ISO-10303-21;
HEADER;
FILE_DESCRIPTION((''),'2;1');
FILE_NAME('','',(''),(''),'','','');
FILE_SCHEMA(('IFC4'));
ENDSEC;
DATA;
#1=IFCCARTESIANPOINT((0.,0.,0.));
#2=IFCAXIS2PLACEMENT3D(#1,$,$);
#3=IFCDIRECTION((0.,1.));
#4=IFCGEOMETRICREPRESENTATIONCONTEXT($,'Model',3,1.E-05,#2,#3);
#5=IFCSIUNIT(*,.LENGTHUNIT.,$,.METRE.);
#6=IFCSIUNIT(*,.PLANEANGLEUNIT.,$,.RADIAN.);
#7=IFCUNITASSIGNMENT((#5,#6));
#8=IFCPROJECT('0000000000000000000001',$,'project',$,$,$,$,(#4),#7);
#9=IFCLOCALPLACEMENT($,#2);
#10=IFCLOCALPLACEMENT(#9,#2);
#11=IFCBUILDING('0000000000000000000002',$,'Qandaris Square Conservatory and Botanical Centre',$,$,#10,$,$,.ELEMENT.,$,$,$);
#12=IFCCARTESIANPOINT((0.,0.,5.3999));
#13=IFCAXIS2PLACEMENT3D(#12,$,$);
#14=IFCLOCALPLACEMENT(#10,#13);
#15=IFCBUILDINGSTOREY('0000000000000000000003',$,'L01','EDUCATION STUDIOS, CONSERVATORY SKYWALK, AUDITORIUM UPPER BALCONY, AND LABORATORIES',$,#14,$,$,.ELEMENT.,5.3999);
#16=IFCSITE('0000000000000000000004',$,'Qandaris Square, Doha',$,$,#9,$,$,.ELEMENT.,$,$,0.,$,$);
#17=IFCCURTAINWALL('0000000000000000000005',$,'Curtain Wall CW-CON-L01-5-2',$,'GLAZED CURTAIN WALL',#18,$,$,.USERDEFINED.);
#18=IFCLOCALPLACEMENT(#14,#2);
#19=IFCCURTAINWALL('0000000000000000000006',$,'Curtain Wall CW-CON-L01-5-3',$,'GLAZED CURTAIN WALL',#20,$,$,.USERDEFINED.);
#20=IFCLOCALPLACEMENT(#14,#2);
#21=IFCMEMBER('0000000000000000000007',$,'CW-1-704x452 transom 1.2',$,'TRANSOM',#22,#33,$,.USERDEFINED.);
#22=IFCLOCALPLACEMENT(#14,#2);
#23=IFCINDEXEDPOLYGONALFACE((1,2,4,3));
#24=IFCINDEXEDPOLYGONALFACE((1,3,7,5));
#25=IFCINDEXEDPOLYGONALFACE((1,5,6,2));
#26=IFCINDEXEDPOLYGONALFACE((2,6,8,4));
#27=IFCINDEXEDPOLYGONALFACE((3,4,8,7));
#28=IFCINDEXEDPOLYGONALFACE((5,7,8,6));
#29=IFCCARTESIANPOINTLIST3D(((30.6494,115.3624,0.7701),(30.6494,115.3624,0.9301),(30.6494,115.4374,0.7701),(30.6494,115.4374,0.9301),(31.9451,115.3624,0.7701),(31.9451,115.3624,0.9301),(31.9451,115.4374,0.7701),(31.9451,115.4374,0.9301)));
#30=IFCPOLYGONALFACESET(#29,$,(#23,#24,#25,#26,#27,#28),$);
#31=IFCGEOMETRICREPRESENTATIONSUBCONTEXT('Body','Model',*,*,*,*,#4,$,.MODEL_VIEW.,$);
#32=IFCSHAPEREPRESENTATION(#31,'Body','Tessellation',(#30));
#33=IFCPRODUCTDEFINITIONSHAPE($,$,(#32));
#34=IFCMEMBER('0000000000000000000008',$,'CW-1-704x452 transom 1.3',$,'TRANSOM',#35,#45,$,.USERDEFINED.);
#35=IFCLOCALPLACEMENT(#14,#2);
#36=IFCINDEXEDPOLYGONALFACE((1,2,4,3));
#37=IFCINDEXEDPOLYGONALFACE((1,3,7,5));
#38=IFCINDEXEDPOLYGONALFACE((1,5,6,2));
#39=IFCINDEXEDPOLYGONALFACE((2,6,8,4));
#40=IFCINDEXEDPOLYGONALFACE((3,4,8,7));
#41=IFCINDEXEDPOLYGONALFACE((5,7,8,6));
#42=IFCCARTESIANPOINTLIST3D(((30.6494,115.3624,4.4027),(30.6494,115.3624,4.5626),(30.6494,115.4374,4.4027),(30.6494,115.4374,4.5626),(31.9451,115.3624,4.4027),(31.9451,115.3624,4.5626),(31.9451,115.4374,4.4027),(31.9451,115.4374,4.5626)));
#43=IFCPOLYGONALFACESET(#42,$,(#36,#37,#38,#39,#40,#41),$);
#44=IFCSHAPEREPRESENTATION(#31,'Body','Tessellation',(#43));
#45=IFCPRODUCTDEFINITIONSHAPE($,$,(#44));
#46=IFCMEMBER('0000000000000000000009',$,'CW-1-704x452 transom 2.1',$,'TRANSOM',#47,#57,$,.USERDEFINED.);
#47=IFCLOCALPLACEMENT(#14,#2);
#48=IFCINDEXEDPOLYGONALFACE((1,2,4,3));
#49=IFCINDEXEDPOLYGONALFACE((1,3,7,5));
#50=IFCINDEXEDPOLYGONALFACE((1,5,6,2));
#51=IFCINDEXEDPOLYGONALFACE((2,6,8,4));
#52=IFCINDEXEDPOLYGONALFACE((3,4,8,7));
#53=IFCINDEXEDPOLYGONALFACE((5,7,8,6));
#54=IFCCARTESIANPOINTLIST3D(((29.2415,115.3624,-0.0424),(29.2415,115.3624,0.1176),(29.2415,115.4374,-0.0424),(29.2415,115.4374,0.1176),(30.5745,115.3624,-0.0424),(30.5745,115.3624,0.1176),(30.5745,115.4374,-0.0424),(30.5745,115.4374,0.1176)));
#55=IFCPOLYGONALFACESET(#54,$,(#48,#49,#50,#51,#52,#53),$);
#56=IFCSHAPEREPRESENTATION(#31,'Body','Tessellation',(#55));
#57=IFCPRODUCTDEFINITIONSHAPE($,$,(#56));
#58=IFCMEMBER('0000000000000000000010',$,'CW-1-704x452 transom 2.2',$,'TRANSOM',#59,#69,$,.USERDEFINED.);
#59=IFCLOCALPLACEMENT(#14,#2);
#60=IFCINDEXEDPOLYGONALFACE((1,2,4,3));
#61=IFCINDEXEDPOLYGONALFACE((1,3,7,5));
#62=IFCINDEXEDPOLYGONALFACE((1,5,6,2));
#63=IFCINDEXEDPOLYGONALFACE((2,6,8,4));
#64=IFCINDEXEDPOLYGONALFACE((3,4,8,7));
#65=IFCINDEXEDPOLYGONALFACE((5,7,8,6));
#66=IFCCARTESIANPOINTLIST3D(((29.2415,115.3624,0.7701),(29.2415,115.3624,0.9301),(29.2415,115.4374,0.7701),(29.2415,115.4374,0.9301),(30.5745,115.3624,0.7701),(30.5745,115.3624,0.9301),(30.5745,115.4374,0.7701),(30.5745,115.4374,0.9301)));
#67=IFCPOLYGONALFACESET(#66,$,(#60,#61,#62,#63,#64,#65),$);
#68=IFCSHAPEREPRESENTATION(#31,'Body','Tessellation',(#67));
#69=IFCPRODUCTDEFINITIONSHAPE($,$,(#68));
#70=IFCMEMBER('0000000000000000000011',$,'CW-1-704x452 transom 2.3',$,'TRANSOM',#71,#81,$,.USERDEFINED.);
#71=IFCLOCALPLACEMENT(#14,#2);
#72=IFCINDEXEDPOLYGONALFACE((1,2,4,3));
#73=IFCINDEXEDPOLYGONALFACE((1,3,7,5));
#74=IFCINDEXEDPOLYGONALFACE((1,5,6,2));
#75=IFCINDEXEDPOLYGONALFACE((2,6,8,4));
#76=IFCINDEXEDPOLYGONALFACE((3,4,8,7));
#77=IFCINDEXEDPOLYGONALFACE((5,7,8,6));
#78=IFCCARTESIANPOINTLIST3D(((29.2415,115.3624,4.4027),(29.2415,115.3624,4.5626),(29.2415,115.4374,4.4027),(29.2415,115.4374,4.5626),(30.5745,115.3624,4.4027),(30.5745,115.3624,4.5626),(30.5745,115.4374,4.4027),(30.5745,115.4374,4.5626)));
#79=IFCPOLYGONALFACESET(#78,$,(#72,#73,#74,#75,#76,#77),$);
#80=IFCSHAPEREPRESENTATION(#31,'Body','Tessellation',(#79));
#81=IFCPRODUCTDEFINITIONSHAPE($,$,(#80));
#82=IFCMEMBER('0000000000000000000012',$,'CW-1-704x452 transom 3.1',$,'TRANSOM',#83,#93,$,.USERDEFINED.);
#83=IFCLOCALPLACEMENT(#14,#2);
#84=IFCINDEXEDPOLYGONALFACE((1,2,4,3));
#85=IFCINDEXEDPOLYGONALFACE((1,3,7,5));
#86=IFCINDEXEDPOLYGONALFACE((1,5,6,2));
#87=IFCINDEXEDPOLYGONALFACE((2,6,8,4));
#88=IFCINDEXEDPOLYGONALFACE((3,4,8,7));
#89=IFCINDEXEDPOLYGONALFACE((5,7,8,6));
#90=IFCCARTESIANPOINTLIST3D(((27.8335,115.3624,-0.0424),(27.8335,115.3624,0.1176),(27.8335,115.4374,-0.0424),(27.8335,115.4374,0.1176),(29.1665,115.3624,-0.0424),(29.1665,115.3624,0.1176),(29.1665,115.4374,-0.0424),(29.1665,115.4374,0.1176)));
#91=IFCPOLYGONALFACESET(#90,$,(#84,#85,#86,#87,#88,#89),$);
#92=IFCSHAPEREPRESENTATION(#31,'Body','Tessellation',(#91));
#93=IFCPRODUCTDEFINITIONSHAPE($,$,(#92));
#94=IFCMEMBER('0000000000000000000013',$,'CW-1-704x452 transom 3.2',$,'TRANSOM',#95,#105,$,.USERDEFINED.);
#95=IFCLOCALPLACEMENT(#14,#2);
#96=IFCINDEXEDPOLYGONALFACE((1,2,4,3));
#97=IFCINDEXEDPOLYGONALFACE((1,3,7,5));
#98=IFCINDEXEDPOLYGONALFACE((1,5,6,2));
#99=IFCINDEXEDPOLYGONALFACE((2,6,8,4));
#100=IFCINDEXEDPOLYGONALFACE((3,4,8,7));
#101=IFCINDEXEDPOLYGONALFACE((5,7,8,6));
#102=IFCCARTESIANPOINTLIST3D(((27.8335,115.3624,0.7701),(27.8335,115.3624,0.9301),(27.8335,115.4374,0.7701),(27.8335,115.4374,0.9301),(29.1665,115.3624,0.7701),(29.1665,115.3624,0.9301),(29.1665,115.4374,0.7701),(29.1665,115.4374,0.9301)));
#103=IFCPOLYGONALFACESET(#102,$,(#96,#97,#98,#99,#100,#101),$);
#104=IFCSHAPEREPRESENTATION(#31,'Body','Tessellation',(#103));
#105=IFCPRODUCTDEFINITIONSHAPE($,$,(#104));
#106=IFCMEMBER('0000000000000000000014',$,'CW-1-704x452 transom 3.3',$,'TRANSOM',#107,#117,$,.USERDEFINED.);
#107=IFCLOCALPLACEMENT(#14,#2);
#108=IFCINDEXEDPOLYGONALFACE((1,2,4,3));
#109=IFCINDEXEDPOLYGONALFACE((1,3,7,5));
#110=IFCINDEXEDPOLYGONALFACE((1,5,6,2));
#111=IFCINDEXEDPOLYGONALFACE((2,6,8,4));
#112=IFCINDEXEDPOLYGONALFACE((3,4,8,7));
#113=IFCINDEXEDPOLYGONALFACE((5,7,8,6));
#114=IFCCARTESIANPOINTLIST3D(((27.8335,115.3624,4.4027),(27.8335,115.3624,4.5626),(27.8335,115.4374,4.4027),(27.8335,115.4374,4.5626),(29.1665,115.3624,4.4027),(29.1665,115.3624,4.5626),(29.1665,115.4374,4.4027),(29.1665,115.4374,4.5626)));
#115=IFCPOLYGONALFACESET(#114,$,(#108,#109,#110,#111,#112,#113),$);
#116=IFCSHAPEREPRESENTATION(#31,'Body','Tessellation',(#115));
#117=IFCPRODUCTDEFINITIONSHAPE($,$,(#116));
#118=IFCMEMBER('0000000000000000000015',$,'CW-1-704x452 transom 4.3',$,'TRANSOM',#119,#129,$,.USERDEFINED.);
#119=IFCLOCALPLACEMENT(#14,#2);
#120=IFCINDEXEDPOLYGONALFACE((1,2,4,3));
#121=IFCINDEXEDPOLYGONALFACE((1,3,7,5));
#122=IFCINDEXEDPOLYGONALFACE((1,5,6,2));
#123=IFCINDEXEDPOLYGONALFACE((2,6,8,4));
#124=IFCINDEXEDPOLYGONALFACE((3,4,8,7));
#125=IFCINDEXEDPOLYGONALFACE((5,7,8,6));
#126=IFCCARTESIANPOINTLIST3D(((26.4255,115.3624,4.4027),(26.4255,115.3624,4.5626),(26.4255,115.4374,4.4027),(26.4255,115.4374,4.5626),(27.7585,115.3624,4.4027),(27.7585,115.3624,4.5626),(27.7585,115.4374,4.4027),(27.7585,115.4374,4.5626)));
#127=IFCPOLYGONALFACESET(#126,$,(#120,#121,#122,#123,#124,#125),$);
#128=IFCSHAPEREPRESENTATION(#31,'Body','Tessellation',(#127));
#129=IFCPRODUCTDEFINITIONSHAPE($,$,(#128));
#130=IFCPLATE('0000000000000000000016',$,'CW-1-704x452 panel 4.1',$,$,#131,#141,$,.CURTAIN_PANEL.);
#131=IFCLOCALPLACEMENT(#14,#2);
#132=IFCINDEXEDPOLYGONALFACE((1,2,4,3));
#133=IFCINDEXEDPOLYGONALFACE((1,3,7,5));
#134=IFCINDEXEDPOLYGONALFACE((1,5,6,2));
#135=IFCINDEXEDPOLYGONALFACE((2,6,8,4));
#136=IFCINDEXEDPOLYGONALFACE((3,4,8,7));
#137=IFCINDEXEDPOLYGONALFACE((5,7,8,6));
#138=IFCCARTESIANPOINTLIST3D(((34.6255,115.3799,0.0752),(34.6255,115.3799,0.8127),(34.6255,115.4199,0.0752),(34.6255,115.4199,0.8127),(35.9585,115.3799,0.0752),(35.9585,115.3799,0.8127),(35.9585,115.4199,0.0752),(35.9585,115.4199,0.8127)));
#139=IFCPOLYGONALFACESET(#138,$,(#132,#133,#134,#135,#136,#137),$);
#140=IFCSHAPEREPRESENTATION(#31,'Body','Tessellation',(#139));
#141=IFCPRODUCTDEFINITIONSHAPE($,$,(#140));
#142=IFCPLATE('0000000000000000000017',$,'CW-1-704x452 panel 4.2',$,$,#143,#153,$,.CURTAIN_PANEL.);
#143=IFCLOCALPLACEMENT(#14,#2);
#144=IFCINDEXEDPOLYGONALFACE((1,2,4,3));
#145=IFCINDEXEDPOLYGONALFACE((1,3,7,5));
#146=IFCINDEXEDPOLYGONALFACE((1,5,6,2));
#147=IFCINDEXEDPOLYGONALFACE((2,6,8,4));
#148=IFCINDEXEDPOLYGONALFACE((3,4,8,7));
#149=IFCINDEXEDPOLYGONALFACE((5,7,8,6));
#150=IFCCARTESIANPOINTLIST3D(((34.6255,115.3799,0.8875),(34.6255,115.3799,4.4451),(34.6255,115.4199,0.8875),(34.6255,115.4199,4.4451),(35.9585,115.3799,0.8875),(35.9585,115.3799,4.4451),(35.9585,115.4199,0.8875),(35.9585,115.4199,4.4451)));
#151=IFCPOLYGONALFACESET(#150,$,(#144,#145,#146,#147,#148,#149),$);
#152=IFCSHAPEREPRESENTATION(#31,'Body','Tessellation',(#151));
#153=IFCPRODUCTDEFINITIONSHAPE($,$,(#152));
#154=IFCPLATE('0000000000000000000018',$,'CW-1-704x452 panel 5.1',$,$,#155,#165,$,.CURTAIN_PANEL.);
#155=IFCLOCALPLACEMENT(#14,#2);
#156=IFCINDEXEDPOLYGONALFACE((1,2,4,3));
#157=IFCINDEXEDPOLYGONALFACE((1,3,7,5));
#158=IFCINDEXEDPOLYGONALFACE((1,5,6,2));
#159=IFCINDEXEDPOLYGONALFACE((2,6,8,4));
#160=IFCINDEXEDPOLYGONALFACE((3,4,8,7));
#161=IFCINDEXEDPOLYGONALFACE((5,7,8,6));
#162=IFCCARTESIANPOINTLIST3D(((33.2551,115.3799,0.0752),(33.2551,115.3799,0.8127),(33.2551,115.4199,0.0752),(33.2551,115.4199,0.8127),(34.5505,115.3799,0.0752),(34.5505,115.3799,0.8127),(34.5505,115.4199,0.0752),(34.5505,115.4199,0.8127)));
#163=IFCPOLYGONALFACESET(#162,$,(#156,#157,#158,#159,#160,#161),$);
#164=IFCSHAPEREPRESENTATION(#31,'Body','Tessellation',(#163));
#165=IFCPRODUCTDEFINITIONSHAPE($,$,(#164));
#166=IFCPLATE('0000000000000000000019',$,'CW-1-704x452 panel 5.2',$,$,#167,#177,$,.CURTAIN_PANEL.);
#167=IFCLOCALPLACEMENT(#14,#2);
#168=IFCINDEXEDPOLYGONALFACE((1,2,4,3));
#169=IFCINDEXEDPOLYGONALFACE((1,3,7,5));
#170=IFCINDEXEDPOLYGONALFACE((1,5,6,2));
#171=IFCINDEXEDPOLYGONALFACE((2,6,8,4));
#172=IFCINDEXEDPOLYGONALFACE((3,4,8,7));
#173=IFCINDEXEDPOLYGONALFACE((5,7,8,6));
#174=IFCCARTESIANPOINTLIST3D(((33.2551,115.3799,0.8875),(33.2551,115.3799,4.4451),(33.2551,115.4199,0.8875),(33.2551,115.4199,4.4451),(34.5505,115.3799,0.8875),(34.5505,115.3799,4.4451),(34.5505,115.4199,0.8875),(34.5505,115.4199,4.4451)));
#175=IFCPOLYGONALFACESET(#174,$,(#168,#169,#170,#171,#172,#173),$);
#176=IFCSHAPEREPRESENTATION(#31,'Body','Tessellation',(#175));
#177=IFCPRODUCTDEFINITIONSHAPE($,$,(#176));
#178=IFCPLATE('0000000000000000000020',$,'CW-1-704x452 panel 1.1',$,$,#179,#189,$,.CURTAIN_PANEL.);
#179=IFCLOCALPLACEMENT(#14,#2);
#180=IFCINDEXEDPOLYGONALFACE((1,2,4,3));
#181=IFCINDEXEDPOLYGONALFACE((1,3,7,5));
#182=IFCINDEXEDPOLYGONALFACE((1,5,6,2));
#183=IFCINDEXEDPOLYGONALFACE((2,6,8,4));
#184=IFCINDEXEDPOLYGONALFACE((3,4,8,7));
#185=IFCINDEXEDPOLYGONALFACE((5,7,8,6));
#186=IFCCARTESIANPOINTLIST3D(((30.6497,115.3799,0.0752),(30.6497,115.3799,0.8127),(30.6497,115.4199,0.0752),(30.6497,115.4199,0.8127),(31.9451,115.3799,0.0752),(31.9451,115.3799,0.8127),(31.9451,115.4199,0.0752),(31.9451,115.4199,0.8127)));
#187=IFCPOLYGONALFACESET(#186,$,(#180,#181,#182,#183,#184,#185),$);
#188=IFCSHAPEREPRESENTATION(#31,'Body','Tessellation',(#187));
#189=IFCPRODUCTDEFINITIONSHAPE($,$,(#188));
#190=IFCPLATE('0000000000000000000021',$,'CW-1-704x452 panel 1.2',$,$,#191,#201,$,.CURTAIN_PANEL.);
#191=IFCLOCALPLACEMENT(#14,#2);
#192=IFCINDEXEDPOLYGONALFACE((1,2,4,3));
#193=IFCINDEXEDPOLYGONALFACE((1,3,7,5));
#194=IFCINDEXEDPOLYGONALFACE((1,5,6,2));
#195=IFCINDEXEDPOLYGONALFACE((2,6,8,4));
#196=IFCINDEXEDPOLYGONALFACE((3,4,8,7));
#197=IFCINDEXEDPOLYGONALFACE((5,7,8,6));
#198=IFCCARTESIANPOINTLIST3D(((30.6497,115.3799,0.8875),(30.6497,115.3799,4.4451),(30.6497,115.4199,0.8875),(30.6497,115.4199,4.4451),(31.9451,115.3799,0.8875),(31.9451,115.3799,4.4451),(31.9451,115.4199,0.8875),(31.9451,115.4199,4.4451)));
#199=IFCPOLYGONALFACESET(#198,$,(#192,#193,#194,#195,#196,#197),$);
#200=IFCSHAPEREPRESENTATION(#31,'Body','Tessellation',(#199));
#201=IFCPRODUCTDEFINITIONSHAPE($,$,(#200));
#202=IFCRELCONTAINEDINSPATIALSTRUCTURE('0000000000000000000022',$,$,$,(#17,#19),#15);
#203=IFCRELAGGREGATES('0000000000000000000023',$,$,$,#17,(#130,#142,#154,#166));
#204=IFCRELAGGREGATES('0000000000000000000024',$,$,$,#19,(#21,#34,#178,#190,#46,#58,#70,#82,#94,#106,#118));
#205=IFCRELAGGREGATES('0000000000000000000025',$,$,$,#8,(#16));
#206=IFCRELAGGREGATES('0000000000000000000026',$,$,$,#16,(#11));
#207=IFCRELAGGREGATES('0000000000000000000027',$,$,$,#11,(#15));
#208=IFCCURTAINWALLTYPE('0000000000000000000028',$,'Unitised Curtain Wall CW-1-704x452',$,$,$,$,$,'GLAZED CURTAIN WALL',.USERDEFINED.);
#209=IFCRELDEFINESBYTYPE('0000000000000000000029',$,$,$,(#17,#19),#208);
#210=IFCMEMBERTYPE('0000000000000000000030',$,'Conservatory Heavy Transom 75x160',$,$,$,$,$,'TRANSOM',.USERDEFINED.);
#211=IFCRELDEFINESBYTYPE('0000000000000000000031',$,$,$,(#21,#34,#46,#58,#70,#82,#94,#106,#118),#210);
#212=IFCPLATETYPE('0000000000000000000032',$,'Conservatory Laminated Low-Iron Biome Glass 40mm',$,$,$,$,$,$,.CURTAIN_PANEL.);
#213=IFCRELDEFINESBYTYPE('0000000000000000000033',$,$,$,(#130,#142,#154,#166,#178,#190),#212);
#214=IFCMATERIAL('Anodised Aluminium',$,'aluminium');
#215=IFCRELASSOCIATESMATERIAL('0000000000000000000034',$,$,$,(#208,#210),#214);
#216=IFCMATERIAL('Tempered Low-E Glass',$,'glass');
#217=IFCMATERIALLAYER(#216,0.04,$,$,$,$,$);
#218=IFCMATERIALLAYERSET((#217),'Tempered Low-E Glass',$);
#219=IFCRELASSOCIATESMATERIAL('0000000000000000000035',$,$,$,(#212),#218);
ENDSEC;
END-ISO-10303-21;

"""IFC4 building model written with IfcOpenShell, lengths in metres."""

from ifc_helpers import new_model, si_unit, direction, frame, origin, origin_2d, place, context, subcontext, project, spatial, rectangle, extrude, material, layer, layer_set, material_profile, profile_set, type_object, element, aggregate, save


model = new_model("IFC4")

# Units and contexts
model_context = context("Model", 3, precision=1e-05, world=origin(), true_north=direction((0.0, 1.0)))
body_context = subcontext(model_context, "Body", "Model", "MODEL_VIEW")
ifc_project = project(units=[si_unit("LENGTHUNIT", "METRE"), si_unit("PLANEANGLEUNIT", "RADIAN")], contexts=[model_context])

# Site, building, storey
site_placement = place(None, origin())
site = spatial("IfcSite", under=ifc_project, at=site_placement, Name="Qandaris Square, Doha", CompositionType="ELEMENT", RefElevation=0.0)
building_placement = place(site_placement, origin())
building = spatial("IfcBuilding", under=site, at=building_placement, Name="Qandaris Square Conservatory and Botanical Centre", CompositionType="ELEMENT")
storey_placement = place(building_placement, frame((0.0, 0.0, 5.3999)))
storey = spatial("IfcBuildingStorey", under=building, at=storey_placement, Name="L01", Description="EDUCATION STUDIOS, CONSERVATORY SKYWALK, AUDITORIUM UPPER BALCONY, AND LABORATORIES", CompositionType="ELEMENT", Elevation=5.3999)

# Curtain walls
ifc_material_1 = material(Name="Anodised Aluminium", Category="aluminium")
curtain_wall_type = type_object("IfcCurtainWallType", Name="Unitised Curtain Wall CW-1-704x452", ElementType="GLAZED CURTAIN WALL", PredefinedType="USERDEFINED", material=ifc_material_1)
curtain_wall_1_placement = place(storey_placement, origin())
curtain_wall_1 = element("IfcCurtainWall", 1, at=curtain_wall_1_placement, inside=storey, type_object=curtain_wall_type, Name="Curtain Wall CW-CON-L01-5-2", ObjectType="GLAZED CURTAIN WALL", PredefinedType="USERDEFINED")
curtain_wall_2_placement = place(storey_placement, origin())
curtain_wall_2 = element("IfcCurtainWall", 2, at=curtain_wall_2_placement, inside=storey, type_object=curtain_wall_type, Name="Curtain Wall CW-CON-L01-5-3", ObjectType="GLAZED CURTAIN WALL", PredefinedType="USERDEFINED")

# Members
ifc_material_profile_1 = material_profile(ifc_material_1, rectangle(XDim=0.075, YDim=0.1599, at=origin_2d()), Name="ALU-TRN 75x160")
ifc_profile_set_1 = profile_set([ifc_material_profile_1], Name="Anodised Aluminium")
member_type_1 = type_object("IfcMemberType", Name="Conservatory Heavy Transom 75x160", ElementType="TRANSOM", PredefinedType="USERDEFINED", material=ifc_profile_set_1)
member_1_placement = place(storey_placement, frame((31.9451, 115.3999, 0.8501), z_axis=(-1.0, 0.0, 0.0), x_axis=(0.0, -1.0, 0.0)))
member_1 = element("IfcMember", 3, at=member_1_placement, type_object=member_type_1, Name="CW-1-704x452 transom 1.2", ObjectType="TRANSOM", PredefinedType="USERDEFINED", context=body_context, shape_type="SweptSolid", body=[
    extrude(rectangle(XDim=0.075, YDim=0.1599, at=origin_2d()), origin(), (0.0, 0.0, 1.0), 1.2957),
])
member_2_placement = place(storey_placement, frame((31.9451, 115.3999, 4.4827), z_axis=(-1.0, 0.0, 0.0), x_axis=(0.0, -1.0, 0.0)))
member_2 = element("IfcMember", 4, at=member_2_placement, type_object=member_type_1, Name="CW-1-704x452 transom 1.3", ObjectType="TRANSOM", PredefinedType="USERDEFINED", context=body_context, shape_type="SweptSolid", body=[
    extrude(rectangle(XDim=0.075, YDim=0.1599, at=origin_2d()), origin(), (0.0, 0.0, 1.0), 1.2957),
])
member_3_placement = place(storey_placement, frame((30.5745, 115.3999, 0.0376), z_axis=(-1.0, 0.0, 0.0), x_axis=(0.0, -1.0, 0.0)))
member_3 = element("IfcMember", 5, at=member_3_placement, type_object=member_type_1, Name="CW-1-704x452 transom 2.1", ObjectType="TRANSOM", PredefinedType="USERDEFINED", context=body_context, shape_type="SweptSolid", body=[
    extrude(rectangle(XDim=0.075, YDim=0.1599, at=origin_2d()), origin(), (0.0, 0.0, 1.0), 1.333),
])
member_4_placement = place(storey_placement, frame((30.5745, 115.3999, 0.8501), z_axis=(-1.0, 0.0, 0.0), x_axis=(0.0, -1.0, 0.0)))
member_4 = element("IfcMember", 6, at=member_4_placement, type_object=member_type_1, Name="CW-1-704x452 transom 2.2", ObjectType="TRANSOM", PredefinedType="USERDEFINED", context=body_context, shape_type="SweptSolid", body=[
    extrude(rectangle(XDim=0.075, YDim=0.1599, at=origin_2d()), origin(), (0.0, 0.0, 1.0), 1.333),
])
member_5_placement = place(storey_placement, frame((30.5745, 115.3999, 4.4827), z_axis=(-1.0, 0.0, 0.0), x_axis=(0.0, -1.0, 0.0)))
member_5 = element("IfcMember", 7, at=member_5_placement, type_object=member_type_1, Name="CW-1-704x452 transom 2.3", ObjectType="TRANSOM", PredefinedType="USERDEFINED", context=body_context, shape_type="SweptSolid", body=[
    extrude(rectangle(XDim=0.075, YDim=0.1599, at=origin_2d()), origin(), (0.0, 0.0, 1.0), 1.333),
])
member_6_placement = place(storey_placement, frame((29.1665, 115.3999, 0.0376), z_axis=(-1.0, 0.0, 0.0), x_axis=(0.0, -1.0, 0.0)))
member_6 = element("IfcMember", 8, at=member_6_placement, type_object=member_type_1, Name="CW-1-704x452 transom 3.1", ObjectType="TRANSOM", PredefinedType="USERDEFINED", context=body_context, shape_type="SweptSolid", body=[
    extrude(rectangle(XDim=0.075, YDim=0.1599, at=origin_2d()), origin(), (0.0, 0.0, 1.0), 1.333),
])
member_7_placement = place(storey_placement, frame((29.1665, 115.3999, 0.8501), z_axis=(-1.0, 0.0, 0.0), x_axis=(0.0, -1.0, 0.0)))
member_7 = element("IfcMember", 9, at=member_7_placement, type_object=member_type_1, Name="CW-1-704x452 transom 3.2", ObjectType="TRANSOM", PredefinedType="USERDEFINED", context=body_context, shape_type="SweptSolid", body=[
    extrude(rectangle(XDim=0.075, YDim=0.1599, at=origin_2d()), origin(), (0.0, 0.0, 1.0), 1.333),
])
member_8_placement = place(storey_placement, frame((29.1665, 115.3999, 4.4827), z_axis=(-1.0, 0.0, 0.0), x_axis=(0.0, -1.0, 0.0)))
member_8 = element("IfcMember", 10, at=member_8_placement, type_object=member_type_1, Name="CW-1-704x452 transom 3.3", ObjectType="TRANSOM", PredefinedType="USERDEFINED", context=body_context, shape_type="SweptSolid", body=[
    extrude(rectangle(XDim=0.075, YDim=0.1599, at=origin_2d()), origin(), (0.0, 0.0, 1.0), 1.333),
])
member_9_placement = place(storey_placement, frame((27.7585, 115.3999, 4.4827), z_axis=(-1.0, 0.0, 0.0), x_axis=(0.0, -1.0, 0.0)))
member_9 = element("IfcMember", 11, at=member_9_placement, type_object=member_type_1, Name="CW-1-704x452 transom 4.3", ObjectType="TRANSOM", PredefinedType="USERDEFINED", context=body_context, shape_type="SweptSolid", body=[
    extrude(rectangle(XDim=0.075, YDim=0.1599, at=origin_2d()), origin(), (0.0, 0.0, 1.0), 1.333),
])

# Plates
ifc_material_2 = material(Name="Tempered Low-E Glass", Category="glass")
ifc_layer = layer(ifc_material_2, 0.04)
ifc_layer_set = layer_set([ifc_layer], Name="Tempered Low-E Glass")
plate_type = type_object("IfcPlateType", Name="Conservatory Laminated Low-Iron Biome Glass 40mm", PredefinedType="CURTAIN_PANEL", material=ifc_layer_set)
plate_1_placement = place(storey_placement, frame((35.292, 115.3999, 0.0752), z_axis=(0.0, 0.0, 1.0), x_axis=(-1.0, 0.0, 0.0)))
plate_1 = element("IfcPlate", 12, at=plate_1_placement, type_object=plate_type, Name="CW-1-704x452 panel 4.1", PredefinedType="CURTAIN_PANEL", context=body_context, shape_type="SweptSolid", body=[
    extrude(rectangle(XDim=1.333, YDim=0.04, at=origin_2d()), origin(), (0.0, 0.0, 1.0), 0.7375),
])
plate_2_placement = place(storey_placement, frame((35.292, 115.3999, 0.8875), z_axis=(0.0, 0.0, 1.0), x_axis=(-1.0, 0.0, 0.0)))
plate_2 = element("IfcPlate", 13, at=plate_2_placement, type_object=plate_type, Name="CW-1-704x452 panel 4.2", PredefinedType="CURTAIN_PANEL", context=body_context, shape_type="SweptSolid", body=[
    extrude(rectangle(XDim=1.333, YDim=0.04, at=origin_2d()), origin(), (0.0, 0.0, 1.0), 3.5576),
])
plate_3_placement = place(storey_placement, frame((33.9028, 115.3999, 0.0752), z_axis=(0.0, 0.0, 1.0), x_axis=(-1.0, 0.0, 0.0)))
plate_3 = element("IfcPlate", 14, at=plate_3_placement, type_object=plate_type, Name="CW-1-704x452 panel 5.1", PredefinedType="CURTAIN_PANEL", context=body_context, shape_type="SweptSolid", body=[
    extrude(rectangle(XDim=1.2954, YDim=0.04, at=origin_2d()), origin(), (0.0, 0.0, 1.0), 0.7375),
])
plate_4_placement = place(storey_placement, frame((33.9028, 115.3999, 0.8875), z_axis=(0.0, 0.0, 1.0), x_axis=(-1.0, 0.0, 0.0)))
plate_4 = element("IfcPlate", 15, at=plate_4_placement, type_object=plate_type, Name="CW-1-704x452 panel 5.2", PredefinedType="CURTAIN_PANEL", context=body_context, shape_type="SweptSolid", body=[
    extrude(rectangle(XDim=1.2954, YDim=0.04, at=origin_2d()), origin(), (0.0, 0.0, 1.0), 3.5576),
])
aggregate(curtain_wall_1, [plate_1, plate_2, plate_3, plate_4])
plate_5_placement = place(storey_placement, frame((31.2974, 115.3999, 0.0752), z_axis=(0.0, 0.0, 1.0), x_axis=(-1.0, 0.0, 0.0)))
plate_5 = element("IfcPlate", 16, at=plate_5_placement, type_object=plate_type, Name="CW-1-704x452 panel 1.1", PredefinedType="CURTAIN_PANEL", context=body_context, shape_type="SweptSolid", body=[
    extrude(rectangle(XDim=1.2954, YDim=0.04, at=origin_2d()), origin(), (0.0, 0.0, 1.0), 0.7375),
])
plate_6_placement = place(storey_placement, frame((31.2974, 115.3999, 0.8875), z_axis=(0.0, 0.0, 1.0), x_axis=(-1.0, 0.0, 0.0)))
plate_6 = element("IfcPlate", 17, at=plate_6_placement, type_object=plate_type, Name="CW-1-704x452 panel 1.2", PredefinedType="CURTAIN_PANEL", context=body_context, shape_type="SweptSolid", body=[
    extrude(rectangle(XDim=1.2954, YDim=0.04, at=origin_2d()), origin(), (0.0, 0.0, 1.0), 3.5576),
])
aggregate(curtain_wall_2, [member_1, member_2, plate_5, plate_6, member_3, member_4, member_5, member_6, member_7, member_8, member_9])

save(model, "model.ifc")
